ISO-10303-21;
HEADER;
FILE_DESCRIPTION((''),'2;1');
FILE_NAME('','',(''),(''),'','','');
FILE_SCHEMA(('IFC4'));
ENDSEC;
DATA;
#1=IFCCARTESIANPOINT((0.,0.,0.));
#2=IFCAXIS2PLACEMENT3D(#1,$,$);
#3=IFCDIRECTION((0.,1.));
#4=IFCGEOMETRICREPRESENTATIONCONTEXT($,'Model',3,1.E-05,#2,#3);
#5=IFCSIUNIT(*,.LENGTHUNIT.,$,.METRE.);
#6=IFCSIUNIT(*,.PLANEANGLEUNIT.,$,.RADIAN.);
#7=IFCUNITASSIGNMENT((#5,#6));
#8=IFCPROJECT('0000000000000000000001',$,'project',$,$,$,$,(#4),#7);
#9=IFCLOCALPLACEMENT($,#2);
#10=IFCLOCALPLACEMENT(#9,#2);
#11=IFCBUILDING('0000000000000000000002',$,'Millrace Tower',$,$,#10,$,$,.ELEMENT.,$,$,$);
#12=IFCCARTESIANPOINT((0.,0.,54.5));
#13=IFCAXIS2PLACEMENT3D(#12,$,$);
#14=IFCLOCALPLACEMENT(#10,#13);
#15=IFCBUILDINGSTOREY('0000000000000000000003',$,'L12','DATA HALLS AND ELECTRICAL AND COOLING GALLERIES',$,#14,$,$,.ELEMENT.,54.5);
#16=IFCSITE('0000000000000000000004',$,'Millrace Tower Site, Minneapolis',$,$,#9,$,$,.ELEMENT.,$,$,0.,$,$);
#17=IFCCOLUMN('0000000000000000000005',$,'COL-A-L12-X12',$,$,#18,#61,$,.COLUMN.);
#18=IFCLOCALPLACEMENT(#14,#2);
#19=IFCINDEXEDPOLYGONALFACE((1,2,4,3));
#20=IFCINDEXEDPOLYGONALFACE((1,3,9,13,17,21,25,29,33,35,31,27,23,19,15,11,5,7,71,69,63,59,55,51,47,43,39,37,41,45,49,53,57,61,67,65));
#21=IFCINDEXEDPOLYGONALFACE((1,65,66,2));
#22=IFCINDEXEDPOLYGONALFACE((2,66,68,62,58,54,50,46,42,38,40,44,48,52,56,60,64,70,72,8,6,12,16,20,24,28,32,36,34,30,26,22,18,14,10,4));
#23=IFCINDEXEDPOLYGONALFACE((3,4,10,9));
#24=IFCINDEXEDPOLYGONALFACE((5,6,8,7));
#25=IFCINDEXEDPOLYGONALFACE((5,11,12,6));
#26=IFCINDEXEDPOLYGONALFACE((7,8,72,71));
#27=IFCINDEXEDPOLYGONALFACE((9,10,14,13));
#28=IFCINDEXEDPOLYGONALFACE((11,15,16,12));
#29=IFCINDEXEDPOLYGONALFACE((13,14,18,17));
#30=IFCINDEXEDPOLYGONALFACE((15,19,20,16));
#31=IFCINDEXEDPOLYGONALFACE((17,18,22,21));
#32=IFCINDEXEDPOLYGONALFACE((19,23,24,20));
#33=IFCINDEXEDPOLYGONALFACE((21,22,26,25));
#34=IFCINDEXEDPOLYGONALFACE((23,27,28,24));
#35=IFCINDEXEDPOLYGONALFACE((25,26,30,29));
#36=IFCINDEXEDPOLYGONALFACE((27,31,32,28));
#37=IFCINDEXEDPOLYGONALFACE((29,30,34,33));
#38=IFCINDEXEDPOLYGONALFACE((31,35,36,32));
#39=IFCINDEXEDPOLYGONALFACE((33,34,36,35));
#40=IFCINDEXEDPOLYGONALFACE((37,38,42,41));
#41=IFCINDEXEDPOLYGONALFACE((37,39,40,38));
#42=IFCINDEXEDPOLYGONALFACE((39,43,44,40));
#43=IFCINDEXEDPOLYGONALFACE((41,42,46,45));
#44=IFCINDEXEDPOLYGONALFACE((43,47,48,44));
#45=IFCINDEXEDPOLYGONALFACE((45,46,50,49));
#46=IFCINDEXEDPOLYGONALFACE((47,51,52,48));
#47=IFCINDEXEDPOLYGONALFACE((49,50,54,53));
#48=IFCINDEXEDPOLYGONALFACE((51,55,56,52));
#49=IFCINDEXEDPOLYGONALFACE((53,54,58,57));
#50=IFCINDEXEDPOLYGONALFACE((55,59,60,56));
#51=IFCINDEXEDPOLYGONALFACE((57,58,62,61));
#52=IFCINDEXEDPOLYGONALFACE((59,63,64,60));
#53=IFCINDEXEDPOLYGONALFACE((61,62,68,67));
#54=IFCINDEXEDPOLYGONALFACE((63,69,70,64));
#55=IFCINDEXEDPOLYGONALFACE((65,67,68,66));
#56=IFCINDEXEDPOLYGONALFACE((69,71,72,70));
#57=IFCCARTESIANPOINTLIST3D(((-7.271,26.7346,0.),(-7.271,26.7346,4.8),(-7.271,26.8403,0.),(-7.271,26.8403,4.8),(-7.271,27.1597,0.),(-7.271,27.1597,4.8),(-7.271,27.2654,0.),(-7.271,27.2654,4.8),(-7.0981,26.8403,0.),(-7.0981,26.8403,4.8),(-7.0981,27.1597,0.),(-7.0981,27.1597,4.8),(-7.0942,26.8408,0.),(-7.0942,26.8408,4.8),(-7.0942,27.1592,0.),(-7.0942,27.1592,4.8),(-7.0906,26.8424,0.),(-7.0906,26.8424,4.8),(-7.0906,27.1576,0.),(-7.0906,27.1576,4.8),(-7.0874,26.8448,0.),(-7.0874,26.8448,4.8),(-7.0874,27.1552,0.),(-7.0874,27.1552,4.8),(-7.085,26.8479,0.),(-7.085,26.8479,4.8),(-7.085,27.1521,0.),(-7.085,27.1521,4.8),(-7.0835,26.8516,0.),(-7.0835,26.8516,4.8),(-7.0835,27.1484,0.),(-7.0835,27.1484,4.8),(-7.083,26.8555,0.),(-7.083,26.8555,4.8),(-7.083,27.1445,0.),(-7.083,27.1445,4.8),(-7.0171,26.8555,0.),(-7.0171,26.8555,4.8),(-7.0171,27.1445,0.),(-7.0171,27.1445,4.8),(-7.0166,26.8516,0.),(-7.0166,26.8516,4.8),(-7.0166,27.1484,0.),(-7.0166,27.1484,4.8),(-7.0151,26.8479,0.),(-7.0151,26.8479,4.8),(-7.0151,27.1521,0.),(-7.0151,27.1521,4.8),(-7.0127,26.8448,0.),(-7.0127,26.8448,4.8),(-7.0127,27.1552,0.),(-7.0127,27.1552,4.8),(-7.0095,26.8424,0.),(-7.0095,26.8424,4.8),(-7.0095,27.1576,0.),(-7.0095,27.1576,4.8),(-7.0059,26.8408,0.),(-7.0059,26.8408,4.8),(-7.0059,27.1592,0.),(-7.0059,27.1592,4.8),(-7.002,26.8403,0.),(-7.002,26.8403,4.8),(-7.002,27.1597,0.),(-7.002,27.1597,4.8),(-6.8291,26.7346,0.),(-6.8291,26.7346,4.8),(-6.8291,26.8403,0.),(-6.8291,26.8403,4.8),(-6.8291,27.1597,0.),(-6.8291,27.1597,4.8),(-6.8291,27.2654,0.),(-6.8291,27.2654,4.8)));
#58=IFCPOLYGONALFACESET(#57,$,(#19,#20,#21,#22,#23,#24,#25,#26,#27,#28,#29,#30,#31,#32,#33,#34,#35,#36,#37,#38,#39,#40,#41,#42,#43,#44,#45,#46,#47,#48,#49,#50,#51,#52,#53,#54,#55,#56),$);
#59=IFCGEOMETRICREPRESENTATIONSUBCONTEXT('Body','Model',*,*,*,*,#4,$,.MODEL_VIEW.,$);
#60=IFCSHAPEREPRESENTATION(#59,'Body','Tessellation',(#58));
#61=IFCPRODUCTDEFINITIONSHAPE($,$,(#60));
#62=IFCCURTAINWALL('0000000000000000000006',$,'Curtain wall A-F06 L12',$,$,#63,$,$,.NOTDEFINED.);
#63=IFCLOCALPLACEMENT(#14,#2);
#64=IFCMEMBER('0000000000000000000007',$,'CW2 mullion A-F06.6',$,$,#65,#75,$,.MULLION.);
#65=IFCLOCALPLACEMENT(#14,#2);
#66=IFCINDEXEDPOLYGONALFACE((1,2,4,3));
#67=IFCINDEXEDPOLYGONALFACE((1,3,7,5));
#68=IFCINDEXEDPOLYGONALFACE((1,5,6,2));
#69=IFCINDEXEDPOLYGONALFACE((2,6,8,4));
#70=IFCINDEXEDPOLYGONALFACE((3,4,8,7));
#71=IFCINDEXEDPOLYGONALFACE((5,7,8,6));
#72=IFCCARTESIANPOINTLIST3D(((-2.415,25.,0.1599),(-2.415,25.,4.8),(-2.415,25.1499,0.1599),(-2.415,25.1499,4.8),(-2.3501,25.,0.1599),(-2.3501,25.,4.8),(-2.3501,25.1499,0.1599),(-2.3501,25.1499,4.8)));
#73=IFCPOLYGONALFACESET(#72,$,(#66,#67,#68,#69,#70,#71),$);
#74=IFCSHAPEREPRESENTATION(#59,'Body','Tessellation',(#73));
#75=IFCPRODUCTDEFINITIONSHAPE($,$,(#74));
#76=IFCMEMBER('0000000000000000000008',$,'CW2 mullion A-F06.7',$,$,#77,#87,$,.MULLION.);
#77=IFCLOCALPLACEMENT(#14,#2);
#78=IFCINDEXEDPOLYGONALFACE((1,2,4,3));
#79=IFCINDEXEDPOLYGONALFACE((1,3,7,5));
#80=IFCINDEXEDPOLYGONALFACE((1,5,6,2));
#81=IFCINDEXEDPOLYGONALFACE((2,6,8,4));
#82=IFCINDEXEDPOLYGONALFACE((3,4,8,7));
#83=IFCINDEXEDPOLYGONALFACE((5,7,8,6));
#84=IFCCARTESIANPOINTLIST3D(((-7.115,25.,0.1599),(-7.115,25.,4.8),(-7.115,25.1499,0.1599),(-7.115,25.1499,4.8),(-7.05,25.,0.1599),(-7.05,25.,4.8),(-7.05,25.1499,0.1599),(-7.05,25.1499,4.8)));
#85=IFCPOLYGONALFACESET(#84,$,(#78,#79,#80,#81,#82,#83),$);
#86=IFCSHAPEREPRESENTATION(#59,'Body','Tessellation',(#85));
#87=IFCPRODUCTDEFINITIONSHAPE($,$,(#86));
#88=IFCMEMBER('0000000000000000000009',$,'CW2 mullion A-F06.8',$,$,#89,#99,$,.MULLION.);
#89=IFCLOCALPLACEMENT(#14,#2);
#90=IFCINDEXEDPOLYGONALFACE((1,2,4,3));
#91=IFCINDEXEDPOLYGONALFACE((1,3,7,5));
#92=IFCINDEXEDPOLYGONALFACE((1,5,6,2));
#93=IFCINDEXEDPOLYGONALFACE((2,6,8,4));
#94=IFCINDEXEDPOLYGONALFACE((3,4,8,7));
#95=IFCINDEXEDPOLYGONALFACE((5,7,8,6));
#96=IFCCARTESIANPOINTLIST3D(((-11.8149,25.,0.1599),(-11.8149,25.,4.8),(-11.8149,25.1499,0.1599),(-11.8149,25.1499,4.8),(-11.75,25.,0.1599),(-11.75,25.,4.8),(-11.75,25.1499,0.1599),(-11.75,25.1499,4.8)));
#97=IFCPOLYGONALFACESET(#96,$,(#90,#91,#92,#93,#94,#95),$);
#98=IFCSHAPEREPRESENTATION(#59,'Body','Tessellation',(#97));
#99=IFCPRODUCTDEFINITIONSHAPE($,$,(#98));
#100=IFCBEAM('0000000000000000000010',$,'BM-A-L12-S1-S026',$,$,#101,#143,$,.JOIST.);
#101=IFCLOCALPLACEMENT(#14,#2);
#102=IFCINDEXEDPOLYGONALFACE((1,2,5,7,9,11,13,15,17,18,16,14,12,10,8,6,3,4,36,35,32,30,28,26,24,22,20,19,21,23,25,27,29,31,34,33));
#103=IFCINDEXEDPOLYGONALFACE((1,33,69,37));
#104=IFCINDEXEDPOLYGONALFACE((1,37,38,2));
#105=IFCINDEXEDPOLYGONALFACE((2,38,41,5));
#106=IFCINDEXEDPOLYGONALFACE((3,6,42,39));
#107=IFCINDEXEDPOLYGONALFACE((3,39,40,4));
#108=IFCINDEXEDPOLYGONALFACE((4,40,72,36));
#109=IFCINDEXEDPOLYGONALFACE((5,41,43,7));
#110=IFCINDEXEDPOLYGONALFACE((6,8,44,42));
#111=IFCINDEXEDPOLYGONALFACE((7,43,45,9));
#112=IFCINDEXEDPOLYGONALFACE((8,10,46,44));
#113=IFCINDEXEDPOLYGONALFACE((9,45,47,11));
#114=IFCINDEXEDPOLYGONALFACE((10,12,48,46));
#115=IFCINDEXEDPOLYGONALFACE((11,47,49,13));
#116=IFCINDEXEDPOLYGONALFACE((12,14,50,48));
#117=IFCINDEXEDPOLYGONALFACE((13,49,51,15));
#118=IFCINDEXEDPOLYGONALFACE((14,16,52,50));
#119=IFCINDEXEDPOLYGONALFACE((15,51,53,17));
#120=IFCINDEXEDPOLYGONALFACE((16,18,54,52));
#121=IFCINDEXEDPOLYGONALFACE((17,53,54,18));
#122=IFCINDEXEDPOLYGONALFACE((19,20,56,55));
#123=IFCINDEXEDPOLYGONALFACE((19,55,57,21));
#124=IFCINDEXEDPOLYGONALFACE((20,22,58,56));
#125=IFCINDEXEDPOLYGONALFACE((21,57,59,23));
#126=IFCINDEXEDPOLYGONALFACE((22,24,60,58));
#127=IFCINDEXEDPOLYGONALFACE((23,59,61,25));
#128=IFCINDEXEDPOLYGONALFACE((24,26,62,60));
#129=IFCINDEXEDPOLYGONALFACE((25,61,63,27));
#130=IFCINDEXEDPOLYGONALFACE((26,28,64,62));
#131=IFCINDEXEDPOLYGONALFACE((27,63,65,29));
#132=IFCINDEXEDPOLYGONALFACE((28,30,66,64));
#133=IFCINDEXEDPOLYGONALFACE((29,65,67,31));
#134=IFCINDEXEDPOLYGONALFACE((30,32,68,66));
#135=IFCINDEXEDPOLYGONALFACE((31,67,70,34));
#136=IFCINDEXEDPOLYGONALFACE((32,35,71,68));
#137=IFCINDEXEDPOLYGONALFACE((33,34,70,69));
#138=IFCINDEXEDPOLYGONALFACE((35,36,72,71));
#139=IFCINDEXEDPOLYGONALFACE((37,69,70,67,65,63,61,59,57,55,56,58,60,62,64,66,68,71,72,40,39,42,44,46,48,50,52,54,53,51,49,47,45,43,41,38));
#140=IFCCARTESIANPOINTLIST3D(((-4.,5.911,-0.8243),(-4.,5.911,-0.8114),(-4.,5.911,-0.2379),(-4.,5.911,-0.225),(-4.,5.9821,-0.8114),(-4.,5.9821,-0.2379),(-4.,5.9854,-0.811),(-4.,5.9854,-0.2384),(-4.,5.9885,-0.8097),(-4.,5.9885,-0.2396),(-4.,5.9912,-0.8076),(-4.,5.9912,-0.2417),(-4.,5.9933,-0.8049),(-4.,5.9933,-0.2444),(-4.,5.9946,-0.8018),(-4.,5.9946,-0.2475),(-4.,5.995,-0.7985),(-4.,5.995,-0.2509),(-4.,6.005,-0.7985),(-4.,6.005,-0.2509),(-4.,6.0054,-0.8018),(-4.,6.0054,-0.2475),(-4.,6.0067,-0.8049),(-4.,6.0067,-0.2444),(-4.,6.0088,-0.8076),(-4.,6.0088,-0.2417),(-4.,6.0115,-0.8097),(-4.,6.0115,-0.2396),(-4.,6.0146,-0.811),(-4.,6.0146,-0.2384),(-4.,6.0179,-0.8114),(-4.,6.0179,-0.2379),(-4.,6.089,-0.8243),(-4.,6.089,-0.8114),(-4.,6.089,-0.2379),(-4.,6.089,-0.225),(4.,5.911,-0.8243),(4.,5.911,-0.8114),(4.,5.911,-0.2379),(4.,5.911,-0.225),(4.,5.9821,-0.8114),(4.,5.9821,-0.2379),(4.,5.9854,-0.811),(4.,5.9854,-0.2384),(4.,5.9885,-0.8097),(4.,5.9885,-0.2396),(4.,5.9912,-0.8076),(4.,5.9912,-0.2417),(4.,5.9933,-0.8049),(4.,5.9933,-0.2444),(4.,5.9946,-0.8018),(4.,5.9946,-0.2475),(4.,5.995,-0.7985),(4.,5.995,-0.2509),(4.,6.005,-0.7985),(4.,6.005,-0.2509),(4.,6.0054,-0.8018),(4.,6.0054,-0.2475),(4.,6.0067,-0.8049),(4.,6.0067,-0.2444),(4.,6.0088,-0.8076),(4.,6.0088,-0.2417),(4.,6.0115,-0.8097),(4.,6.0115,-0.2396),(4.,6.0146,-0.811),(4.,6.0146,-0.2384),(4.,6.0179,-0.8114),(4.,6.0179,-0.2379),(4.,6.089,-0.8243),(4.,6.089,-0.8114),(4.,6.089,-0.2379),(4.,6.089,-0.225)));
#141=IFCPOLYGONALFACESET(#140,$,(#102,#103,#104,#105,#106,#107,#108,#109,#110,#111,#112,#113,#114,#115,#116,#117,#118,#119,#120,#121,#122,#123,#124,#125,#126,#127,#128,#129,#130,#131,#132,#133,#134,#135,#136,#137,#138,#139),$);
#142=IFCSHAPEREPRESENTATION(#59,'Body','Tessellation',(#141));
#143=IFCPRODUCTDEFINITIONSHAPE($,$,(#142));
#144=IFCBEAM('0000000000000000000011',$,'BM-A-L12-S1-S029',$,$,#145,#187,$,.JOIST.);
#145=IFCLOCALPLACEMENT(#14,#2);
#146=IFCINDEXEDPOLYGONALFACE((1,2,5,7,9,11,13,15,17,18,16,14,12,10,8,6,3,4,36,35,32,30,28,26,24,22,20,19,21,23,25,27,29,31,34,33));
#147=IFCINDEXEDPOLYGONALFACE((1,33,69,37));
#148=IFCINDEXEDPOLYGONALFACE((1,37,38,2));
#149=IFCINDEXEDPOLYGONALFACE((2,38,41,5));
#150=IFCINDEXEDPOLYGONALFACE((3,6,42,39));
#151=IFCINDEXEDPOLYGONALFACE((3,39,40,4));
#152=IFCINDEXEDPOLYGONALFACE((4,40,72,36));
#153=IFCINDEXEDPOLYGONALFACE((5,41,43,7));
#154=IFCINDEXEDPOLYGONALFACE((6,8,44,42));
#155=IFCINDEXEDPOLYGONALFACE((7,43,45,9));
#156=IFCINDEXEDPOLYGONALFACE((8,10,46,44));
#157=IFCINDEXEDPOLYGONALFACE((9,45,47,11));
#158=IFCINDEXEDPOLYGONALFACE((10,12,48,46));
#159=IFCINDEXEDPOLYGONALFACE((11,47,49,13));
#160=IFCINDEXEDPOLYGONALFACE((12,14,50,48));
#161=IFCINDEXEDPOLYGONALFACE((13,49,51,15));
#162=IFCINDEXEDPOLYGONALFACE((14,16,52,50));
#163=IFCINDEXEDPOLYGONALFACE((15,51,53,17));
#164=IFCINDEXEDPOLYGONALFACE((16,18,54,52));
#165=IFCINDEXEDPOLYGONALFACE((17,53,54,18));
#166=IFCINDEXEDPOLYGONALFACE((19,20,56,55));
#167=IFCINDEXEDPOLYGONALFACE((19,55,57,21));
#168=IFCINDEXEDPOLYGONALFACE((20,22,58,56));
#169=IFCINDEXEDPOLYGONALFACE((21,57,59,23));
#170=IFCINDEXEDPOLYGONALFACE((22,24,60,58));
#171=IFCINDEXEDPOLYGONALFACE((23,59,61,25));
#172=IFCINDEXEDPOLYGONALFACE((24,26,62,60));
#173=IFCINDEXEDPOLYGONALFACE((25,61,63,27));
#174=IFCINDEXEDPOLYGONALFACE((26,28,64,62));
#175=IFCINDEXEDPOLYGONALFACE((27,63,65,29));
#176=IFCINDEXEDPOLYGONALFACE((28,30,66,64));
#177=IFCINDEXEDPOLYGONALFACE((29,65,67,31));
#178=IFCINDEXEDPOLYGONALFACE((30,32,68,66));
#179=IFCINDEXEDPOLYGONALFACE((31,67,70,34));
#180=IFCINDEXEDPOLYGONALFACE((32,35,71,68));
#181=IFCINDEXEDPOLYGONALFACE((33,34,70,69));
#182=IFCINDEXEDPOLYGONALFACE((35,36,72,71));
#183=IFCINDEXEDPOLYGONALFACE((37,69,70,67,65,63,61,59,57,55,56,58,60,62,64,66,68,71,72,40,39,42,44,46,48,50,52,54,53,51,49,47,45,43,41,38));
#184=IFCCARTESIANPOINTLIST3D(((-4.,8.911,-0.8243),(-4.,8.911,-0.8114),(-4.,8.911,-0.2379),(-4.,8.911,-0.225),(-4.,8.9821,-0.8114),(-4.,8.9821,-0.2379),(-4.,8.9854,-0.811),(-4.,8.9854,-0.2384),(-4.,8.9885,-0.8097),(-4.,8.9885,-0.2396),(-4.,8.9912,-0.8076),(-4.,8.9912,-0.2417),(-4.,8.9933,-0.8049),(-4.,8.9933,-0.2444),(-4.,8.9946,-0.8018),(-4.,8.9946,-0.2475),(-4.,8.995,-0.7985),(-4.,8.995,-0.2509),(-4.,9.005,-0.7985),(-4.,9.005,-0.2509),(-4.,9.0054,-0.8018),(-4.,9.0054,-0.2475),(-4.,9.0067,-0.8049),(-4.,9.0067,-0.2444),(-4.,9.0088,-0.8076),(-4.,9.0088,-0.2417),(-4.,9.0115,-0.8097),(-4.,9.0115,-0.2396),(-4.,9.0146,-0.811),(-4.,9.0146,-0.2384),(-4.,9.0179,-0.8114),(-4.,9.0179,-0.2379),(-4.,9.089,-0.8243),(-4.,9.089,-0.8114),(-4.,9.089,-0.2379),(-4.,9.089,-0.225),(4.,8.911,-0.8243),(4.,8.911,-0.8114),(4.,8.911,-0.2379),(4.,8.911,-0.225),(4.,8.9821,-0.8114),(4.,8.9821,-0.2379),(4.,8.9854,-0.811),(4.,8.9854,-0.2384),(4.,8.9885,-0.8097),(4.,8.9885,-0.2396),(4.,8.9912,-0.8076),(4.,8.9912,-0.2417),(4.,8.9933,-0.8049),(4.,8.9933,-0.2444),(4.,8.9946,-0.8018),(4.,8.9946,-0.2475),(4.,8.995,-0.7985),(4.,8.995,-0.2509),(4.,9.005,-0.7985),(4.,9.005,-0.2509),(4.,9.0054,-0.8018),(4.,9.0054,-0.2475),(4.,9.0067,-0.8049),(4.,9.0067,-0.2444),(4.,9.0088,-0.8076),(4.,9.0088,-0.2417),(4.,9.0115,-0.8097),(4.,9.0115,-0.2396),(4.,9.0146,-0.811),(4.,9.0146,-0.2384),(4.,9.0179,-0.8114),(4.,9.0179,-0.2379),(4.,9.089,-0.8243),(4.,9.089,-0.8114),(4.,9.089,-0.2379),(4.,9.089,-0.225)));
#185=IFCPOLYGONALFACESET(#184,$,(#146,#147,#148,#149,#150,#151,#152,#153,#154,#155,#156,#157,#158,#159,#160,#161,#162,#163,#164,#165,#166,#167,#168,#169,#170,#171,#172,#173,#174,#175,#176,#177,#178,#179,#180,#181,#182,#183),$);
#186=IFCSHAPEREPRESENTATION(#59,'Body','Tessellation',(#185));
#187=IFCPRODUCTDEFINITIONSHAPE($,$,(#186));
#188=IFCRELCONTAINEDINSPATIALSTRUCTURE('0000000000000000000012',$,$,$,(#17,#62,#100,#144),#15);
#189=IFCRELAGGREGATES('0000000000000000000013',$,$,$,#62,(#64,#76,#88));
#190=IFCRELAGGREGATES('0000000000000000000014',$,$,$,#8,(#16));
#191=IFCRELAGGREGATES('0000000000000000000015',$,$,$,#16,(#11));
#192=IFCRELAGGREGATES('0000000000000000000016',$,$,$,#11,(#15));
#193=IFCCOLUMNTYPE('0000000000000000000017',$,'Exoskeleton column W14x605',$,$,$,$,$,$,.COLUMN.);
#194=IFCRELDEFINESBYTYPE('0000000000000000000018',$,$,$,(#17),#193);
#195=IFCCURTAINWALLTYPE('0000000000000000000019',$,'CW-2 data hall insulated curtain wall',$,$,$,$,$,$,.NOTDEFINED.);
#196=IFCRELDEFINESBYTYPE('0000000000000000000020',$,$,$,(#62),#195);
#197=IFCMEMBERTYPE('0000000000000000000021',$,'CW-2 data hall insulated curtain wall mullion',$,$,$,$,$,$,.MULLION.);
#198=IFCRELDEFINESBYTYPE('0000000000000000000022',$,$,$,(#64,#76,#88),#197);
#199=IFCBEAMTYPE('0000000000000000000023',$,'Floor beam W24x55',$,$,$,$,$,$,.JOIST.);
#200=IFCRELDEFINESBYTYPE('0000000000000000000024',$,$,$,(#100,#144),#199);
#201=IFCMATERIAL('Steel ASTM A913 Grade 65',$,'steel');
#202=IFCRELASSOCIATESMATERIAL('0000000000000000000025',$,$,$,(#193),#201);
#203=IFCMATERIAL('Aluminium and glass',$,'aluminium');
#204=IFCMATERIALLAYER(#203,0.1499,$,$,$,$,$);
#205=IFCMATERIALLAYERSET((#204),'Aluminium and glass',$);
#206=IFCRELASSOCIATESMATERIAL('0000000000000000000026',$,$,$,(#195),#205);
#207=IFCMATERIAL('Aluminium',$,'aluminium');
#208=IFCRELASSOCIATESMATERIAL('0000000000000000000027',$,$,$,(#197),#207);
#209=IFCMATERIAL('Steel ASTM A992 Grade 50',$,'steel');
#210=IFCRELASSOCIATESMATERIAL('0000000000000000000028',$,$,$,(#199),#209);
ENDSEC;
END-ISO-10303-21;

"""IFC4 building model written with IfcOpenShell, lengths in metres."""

from ifc_helpers import new_model, si_unit, direction, frame, origin, origin_2d, place, context, subcontext, project, spatial, rectangle, i_section, extrude, material, layer, layer_set, material_profile, profile_set, type_object, element, aggregate, save


model = new_model("IFC4")

# Units and contexts
model_context = context("Model", 3, precision=1e-05, world=origin(), true_north=direction((0.0, 1.0)))
body_context = subcontext(model_context, "Body", "Model", "MODEL_VIEW")
ifc_project = project(units=[si_unit("LENGTHUNIT", "METRE"), si_unit("PLANEANGLEUNIT", "RADIAN")], contexts=[model_context])

# Site, building, storey
site_placement = place(None, origin())
site = spatial("IfcSite", under=ifc_project, at=site_placement, Name="Millrace Tower Site, Minneapolis", CompositionType="ELEMENT", RefElevation=0.0)
building_placement = place(site_placement, origin())
building = spatial("IfcBuilding", under=site, at=building_placement, Name="Millrace Tower", CompositionType="ELEMENT")
storey_placement = place(building_placement, frame((0.0, 0.0, 54.5)))
storey = spatial("IfcBuildingStorey", under=building, at=storey_placement, Name="L12", Description="DATA HALLS AND ELECTRICAL AND COOLING GALLERIES", CompositionType="ELEMENT", Elevation=54.5)

# Column
ifc_material_1 = material(Name="Steel ASTM A913 Grade 65", Category="steel")
ifc_material_profile_1 = material_profile(ifc_material_1, i_section(OverallWidth=0.4419, OverallDepth=0.5308, WebThickness=0.0659, FlangeThickness=0.1057, FilletRadius=0.0151, at=origin_2d()))
ifc_profile_set_1 = profile_set([ifc_material_profile_1], Name="Steel ASTM A913 Grade 65")
column_type = type_object("IfcColumnType", Name="Exoskeleton column W14x605", PredefinedType="COLUMN", material=ifc_profile_set_1)
column_placement = place(storey_placement, frame((-7.05, 27.0, 0.0), z_axis=(0.0, 0.0, 1.0), x_axis=(-1.0, 0.0, 0.0)))
element("IfcColumn", 1, at=column_placement, inside=storey, type_object=column_type, Name="COL-A-L12-X12", PredefinedType="COLUMN", context=body_context, shape_type="SweptSolid", body=[
    extrude(i_section(OverallWidth=0.4419, OverallDepth=0.5308, WebThickness=0.0659, FlangeThickness=0.1057, FilletRadius=0.0151, at=origin_2d()), origin(), (0.0, 0.0, 1.0), 4.8),
])

# Curtain wall, members
ifc_material_2 = material(Name="Aluminium and glass", Category="aluminium")
ifc_layer_1 = layer(ifc_material_2, 0.1499)
ifc_layer_set_1 = layer_set([ifc_layer_1], Name="Aluminium and glass")
curtain_wall_type = type_object("IfcCurtainWallType", Name="CW-2 data hall insulated curtain wall", PredefinedType="NOTDEFINED", material=ifc_layer_set_1)
placement = place(storey_placement, origin())
curtain_wall = element("IfcCurtainWall", 2, at=placement, inside=storey, type_object=curtain_wall_type, Name="Curtain wall A-F06 L12", PredefinedType="NOTDEFINED")
ifc_material_3 = material(Name="Aluminium", Category="aluminium")
ifc_material_profile_2 = material_profile(ifc_material_3, rectangle(XDim=0.0649, YDim=0.1499, at=origin_2d()))
ifc_profile_set_2 = profile_set([ifc_material_profile_2], Name="Aluminium")
member_type = type_object("IfcMemberType", Name="CW-2 data hall insulated curtain wall mullion", PredefinedType="MULLION", material=ifc_profile_set_2)
member_1_placement = place(storey_placement, frame((-2.3826, 25.075, 0.1599), z_axis=(0.0, 0.0, 1.0), x_axis=(-1.0, 0.0, 0.0)))
member_1 = element("IfcMember", 3, at=member_1_placement, type_object=member_type, Name="CW2 mullion A-F06.6", PredefinedType="MULLION", context=body_context, shape_type="SweptSolid", body=[
    extrude(rectangle(XDim=0.0649, YDim=0.1499, at=origin_2d()), origin(), (0.0, 0.0, 1.0), 4.6401),
])
member_2_placement = place(storey_placement, frame((-7.0825, 25.075, 0.1599), z_axis=(0.0, 0.0, 1.0), x_axis=(-1.0, 0.0, 0.0)))
member_2 = element("IfcMember", 4, at=member_2_placement, type_object=member_type, Name="CW2 mullion A-F06.7", PredefinedType="MULLION", context=body_context, shape_type="SweptSolid", body=[
    extrude(rectangle(XDim=0.0649, YDim=0.1499, at=origin_2d()), origin(), (0.0, 0.0, 1.0), 4.6401),
])
member_3_placement = place(storey_placement, frame((-11.7825, 25.075, 0.1599), z_axis=(0.0, 0.0, 1.0), x_axis=(-1.0, 0.0, 0.0)))
member_3 = element("IfcMember", 5, at=member_3_placement, type_object=member_type, Name="CW2 mullion A-F06.8", PredefinedType="MULLION", context=body_context, shape_type="SweptSolid", body=[
    extrude(rectangle(XDim=0.0649, YDim=0.1499, at=origin_2d()), origin(), (0.0, 0.0, 1.0), 4.6401),
])
aggregate(curtain_wall, [member_1, member_2, member_3])

# Beams
ifc_material_4 = material(Name="Steel ASTM A992 Grade 50", Category="steel")
ifc_material_profile_3 = material_profile(ifc_material_4, i_section(OverallWidth=0.178, OverallDepth=0.5994, WebThickness=0.01, FlangeThickness=0.0129, FilletRadius=0.0129, at=origin_2d()))
ifc_profile_set_3 = profile_set([ifc_material_profile_3], Name="Steel ASTM A992 Grade 50")
beam_type_1 = type_object("IfcBeamType", Name="Floor beam W24x55", PredefinedType="JOIST", material=ifc_profile_set_3)
for number, where, z_axis, x_axis, name in (
    (6, (-4.0, 6.0, -0.5247), (1.0, 0.0, 0.0), (0.0, 1.0, 0.0), "BM-A-L12-S1-S026"),
    (7, (-4.0, 9.0, -0.5247), (1.0, 0.0, 0.0), (0.0, 1.0, 0.0), "BM-A-L12-S1-S029"),
):
    element("IfcBeam", number, at=place(storey_placement, frame(where, z_axis=z_axis, x_axis=x_axis)), inside=storey, type_object=beam_type_1, Name=name, PredefinedType="JOIST", context=body_context, shape_type="SweptSolid", body=[
        extrude(i_section(OverallWidth=0.178, OverallDepth=0.5994, WebThickness=0.01, FlangeThickness=0.0129, FilletRadius=0.0129, at=origin_2d()), origin(), (0.0, 0.0, 1.0), 8.0),
    ])

save(model, "model.ifc")
